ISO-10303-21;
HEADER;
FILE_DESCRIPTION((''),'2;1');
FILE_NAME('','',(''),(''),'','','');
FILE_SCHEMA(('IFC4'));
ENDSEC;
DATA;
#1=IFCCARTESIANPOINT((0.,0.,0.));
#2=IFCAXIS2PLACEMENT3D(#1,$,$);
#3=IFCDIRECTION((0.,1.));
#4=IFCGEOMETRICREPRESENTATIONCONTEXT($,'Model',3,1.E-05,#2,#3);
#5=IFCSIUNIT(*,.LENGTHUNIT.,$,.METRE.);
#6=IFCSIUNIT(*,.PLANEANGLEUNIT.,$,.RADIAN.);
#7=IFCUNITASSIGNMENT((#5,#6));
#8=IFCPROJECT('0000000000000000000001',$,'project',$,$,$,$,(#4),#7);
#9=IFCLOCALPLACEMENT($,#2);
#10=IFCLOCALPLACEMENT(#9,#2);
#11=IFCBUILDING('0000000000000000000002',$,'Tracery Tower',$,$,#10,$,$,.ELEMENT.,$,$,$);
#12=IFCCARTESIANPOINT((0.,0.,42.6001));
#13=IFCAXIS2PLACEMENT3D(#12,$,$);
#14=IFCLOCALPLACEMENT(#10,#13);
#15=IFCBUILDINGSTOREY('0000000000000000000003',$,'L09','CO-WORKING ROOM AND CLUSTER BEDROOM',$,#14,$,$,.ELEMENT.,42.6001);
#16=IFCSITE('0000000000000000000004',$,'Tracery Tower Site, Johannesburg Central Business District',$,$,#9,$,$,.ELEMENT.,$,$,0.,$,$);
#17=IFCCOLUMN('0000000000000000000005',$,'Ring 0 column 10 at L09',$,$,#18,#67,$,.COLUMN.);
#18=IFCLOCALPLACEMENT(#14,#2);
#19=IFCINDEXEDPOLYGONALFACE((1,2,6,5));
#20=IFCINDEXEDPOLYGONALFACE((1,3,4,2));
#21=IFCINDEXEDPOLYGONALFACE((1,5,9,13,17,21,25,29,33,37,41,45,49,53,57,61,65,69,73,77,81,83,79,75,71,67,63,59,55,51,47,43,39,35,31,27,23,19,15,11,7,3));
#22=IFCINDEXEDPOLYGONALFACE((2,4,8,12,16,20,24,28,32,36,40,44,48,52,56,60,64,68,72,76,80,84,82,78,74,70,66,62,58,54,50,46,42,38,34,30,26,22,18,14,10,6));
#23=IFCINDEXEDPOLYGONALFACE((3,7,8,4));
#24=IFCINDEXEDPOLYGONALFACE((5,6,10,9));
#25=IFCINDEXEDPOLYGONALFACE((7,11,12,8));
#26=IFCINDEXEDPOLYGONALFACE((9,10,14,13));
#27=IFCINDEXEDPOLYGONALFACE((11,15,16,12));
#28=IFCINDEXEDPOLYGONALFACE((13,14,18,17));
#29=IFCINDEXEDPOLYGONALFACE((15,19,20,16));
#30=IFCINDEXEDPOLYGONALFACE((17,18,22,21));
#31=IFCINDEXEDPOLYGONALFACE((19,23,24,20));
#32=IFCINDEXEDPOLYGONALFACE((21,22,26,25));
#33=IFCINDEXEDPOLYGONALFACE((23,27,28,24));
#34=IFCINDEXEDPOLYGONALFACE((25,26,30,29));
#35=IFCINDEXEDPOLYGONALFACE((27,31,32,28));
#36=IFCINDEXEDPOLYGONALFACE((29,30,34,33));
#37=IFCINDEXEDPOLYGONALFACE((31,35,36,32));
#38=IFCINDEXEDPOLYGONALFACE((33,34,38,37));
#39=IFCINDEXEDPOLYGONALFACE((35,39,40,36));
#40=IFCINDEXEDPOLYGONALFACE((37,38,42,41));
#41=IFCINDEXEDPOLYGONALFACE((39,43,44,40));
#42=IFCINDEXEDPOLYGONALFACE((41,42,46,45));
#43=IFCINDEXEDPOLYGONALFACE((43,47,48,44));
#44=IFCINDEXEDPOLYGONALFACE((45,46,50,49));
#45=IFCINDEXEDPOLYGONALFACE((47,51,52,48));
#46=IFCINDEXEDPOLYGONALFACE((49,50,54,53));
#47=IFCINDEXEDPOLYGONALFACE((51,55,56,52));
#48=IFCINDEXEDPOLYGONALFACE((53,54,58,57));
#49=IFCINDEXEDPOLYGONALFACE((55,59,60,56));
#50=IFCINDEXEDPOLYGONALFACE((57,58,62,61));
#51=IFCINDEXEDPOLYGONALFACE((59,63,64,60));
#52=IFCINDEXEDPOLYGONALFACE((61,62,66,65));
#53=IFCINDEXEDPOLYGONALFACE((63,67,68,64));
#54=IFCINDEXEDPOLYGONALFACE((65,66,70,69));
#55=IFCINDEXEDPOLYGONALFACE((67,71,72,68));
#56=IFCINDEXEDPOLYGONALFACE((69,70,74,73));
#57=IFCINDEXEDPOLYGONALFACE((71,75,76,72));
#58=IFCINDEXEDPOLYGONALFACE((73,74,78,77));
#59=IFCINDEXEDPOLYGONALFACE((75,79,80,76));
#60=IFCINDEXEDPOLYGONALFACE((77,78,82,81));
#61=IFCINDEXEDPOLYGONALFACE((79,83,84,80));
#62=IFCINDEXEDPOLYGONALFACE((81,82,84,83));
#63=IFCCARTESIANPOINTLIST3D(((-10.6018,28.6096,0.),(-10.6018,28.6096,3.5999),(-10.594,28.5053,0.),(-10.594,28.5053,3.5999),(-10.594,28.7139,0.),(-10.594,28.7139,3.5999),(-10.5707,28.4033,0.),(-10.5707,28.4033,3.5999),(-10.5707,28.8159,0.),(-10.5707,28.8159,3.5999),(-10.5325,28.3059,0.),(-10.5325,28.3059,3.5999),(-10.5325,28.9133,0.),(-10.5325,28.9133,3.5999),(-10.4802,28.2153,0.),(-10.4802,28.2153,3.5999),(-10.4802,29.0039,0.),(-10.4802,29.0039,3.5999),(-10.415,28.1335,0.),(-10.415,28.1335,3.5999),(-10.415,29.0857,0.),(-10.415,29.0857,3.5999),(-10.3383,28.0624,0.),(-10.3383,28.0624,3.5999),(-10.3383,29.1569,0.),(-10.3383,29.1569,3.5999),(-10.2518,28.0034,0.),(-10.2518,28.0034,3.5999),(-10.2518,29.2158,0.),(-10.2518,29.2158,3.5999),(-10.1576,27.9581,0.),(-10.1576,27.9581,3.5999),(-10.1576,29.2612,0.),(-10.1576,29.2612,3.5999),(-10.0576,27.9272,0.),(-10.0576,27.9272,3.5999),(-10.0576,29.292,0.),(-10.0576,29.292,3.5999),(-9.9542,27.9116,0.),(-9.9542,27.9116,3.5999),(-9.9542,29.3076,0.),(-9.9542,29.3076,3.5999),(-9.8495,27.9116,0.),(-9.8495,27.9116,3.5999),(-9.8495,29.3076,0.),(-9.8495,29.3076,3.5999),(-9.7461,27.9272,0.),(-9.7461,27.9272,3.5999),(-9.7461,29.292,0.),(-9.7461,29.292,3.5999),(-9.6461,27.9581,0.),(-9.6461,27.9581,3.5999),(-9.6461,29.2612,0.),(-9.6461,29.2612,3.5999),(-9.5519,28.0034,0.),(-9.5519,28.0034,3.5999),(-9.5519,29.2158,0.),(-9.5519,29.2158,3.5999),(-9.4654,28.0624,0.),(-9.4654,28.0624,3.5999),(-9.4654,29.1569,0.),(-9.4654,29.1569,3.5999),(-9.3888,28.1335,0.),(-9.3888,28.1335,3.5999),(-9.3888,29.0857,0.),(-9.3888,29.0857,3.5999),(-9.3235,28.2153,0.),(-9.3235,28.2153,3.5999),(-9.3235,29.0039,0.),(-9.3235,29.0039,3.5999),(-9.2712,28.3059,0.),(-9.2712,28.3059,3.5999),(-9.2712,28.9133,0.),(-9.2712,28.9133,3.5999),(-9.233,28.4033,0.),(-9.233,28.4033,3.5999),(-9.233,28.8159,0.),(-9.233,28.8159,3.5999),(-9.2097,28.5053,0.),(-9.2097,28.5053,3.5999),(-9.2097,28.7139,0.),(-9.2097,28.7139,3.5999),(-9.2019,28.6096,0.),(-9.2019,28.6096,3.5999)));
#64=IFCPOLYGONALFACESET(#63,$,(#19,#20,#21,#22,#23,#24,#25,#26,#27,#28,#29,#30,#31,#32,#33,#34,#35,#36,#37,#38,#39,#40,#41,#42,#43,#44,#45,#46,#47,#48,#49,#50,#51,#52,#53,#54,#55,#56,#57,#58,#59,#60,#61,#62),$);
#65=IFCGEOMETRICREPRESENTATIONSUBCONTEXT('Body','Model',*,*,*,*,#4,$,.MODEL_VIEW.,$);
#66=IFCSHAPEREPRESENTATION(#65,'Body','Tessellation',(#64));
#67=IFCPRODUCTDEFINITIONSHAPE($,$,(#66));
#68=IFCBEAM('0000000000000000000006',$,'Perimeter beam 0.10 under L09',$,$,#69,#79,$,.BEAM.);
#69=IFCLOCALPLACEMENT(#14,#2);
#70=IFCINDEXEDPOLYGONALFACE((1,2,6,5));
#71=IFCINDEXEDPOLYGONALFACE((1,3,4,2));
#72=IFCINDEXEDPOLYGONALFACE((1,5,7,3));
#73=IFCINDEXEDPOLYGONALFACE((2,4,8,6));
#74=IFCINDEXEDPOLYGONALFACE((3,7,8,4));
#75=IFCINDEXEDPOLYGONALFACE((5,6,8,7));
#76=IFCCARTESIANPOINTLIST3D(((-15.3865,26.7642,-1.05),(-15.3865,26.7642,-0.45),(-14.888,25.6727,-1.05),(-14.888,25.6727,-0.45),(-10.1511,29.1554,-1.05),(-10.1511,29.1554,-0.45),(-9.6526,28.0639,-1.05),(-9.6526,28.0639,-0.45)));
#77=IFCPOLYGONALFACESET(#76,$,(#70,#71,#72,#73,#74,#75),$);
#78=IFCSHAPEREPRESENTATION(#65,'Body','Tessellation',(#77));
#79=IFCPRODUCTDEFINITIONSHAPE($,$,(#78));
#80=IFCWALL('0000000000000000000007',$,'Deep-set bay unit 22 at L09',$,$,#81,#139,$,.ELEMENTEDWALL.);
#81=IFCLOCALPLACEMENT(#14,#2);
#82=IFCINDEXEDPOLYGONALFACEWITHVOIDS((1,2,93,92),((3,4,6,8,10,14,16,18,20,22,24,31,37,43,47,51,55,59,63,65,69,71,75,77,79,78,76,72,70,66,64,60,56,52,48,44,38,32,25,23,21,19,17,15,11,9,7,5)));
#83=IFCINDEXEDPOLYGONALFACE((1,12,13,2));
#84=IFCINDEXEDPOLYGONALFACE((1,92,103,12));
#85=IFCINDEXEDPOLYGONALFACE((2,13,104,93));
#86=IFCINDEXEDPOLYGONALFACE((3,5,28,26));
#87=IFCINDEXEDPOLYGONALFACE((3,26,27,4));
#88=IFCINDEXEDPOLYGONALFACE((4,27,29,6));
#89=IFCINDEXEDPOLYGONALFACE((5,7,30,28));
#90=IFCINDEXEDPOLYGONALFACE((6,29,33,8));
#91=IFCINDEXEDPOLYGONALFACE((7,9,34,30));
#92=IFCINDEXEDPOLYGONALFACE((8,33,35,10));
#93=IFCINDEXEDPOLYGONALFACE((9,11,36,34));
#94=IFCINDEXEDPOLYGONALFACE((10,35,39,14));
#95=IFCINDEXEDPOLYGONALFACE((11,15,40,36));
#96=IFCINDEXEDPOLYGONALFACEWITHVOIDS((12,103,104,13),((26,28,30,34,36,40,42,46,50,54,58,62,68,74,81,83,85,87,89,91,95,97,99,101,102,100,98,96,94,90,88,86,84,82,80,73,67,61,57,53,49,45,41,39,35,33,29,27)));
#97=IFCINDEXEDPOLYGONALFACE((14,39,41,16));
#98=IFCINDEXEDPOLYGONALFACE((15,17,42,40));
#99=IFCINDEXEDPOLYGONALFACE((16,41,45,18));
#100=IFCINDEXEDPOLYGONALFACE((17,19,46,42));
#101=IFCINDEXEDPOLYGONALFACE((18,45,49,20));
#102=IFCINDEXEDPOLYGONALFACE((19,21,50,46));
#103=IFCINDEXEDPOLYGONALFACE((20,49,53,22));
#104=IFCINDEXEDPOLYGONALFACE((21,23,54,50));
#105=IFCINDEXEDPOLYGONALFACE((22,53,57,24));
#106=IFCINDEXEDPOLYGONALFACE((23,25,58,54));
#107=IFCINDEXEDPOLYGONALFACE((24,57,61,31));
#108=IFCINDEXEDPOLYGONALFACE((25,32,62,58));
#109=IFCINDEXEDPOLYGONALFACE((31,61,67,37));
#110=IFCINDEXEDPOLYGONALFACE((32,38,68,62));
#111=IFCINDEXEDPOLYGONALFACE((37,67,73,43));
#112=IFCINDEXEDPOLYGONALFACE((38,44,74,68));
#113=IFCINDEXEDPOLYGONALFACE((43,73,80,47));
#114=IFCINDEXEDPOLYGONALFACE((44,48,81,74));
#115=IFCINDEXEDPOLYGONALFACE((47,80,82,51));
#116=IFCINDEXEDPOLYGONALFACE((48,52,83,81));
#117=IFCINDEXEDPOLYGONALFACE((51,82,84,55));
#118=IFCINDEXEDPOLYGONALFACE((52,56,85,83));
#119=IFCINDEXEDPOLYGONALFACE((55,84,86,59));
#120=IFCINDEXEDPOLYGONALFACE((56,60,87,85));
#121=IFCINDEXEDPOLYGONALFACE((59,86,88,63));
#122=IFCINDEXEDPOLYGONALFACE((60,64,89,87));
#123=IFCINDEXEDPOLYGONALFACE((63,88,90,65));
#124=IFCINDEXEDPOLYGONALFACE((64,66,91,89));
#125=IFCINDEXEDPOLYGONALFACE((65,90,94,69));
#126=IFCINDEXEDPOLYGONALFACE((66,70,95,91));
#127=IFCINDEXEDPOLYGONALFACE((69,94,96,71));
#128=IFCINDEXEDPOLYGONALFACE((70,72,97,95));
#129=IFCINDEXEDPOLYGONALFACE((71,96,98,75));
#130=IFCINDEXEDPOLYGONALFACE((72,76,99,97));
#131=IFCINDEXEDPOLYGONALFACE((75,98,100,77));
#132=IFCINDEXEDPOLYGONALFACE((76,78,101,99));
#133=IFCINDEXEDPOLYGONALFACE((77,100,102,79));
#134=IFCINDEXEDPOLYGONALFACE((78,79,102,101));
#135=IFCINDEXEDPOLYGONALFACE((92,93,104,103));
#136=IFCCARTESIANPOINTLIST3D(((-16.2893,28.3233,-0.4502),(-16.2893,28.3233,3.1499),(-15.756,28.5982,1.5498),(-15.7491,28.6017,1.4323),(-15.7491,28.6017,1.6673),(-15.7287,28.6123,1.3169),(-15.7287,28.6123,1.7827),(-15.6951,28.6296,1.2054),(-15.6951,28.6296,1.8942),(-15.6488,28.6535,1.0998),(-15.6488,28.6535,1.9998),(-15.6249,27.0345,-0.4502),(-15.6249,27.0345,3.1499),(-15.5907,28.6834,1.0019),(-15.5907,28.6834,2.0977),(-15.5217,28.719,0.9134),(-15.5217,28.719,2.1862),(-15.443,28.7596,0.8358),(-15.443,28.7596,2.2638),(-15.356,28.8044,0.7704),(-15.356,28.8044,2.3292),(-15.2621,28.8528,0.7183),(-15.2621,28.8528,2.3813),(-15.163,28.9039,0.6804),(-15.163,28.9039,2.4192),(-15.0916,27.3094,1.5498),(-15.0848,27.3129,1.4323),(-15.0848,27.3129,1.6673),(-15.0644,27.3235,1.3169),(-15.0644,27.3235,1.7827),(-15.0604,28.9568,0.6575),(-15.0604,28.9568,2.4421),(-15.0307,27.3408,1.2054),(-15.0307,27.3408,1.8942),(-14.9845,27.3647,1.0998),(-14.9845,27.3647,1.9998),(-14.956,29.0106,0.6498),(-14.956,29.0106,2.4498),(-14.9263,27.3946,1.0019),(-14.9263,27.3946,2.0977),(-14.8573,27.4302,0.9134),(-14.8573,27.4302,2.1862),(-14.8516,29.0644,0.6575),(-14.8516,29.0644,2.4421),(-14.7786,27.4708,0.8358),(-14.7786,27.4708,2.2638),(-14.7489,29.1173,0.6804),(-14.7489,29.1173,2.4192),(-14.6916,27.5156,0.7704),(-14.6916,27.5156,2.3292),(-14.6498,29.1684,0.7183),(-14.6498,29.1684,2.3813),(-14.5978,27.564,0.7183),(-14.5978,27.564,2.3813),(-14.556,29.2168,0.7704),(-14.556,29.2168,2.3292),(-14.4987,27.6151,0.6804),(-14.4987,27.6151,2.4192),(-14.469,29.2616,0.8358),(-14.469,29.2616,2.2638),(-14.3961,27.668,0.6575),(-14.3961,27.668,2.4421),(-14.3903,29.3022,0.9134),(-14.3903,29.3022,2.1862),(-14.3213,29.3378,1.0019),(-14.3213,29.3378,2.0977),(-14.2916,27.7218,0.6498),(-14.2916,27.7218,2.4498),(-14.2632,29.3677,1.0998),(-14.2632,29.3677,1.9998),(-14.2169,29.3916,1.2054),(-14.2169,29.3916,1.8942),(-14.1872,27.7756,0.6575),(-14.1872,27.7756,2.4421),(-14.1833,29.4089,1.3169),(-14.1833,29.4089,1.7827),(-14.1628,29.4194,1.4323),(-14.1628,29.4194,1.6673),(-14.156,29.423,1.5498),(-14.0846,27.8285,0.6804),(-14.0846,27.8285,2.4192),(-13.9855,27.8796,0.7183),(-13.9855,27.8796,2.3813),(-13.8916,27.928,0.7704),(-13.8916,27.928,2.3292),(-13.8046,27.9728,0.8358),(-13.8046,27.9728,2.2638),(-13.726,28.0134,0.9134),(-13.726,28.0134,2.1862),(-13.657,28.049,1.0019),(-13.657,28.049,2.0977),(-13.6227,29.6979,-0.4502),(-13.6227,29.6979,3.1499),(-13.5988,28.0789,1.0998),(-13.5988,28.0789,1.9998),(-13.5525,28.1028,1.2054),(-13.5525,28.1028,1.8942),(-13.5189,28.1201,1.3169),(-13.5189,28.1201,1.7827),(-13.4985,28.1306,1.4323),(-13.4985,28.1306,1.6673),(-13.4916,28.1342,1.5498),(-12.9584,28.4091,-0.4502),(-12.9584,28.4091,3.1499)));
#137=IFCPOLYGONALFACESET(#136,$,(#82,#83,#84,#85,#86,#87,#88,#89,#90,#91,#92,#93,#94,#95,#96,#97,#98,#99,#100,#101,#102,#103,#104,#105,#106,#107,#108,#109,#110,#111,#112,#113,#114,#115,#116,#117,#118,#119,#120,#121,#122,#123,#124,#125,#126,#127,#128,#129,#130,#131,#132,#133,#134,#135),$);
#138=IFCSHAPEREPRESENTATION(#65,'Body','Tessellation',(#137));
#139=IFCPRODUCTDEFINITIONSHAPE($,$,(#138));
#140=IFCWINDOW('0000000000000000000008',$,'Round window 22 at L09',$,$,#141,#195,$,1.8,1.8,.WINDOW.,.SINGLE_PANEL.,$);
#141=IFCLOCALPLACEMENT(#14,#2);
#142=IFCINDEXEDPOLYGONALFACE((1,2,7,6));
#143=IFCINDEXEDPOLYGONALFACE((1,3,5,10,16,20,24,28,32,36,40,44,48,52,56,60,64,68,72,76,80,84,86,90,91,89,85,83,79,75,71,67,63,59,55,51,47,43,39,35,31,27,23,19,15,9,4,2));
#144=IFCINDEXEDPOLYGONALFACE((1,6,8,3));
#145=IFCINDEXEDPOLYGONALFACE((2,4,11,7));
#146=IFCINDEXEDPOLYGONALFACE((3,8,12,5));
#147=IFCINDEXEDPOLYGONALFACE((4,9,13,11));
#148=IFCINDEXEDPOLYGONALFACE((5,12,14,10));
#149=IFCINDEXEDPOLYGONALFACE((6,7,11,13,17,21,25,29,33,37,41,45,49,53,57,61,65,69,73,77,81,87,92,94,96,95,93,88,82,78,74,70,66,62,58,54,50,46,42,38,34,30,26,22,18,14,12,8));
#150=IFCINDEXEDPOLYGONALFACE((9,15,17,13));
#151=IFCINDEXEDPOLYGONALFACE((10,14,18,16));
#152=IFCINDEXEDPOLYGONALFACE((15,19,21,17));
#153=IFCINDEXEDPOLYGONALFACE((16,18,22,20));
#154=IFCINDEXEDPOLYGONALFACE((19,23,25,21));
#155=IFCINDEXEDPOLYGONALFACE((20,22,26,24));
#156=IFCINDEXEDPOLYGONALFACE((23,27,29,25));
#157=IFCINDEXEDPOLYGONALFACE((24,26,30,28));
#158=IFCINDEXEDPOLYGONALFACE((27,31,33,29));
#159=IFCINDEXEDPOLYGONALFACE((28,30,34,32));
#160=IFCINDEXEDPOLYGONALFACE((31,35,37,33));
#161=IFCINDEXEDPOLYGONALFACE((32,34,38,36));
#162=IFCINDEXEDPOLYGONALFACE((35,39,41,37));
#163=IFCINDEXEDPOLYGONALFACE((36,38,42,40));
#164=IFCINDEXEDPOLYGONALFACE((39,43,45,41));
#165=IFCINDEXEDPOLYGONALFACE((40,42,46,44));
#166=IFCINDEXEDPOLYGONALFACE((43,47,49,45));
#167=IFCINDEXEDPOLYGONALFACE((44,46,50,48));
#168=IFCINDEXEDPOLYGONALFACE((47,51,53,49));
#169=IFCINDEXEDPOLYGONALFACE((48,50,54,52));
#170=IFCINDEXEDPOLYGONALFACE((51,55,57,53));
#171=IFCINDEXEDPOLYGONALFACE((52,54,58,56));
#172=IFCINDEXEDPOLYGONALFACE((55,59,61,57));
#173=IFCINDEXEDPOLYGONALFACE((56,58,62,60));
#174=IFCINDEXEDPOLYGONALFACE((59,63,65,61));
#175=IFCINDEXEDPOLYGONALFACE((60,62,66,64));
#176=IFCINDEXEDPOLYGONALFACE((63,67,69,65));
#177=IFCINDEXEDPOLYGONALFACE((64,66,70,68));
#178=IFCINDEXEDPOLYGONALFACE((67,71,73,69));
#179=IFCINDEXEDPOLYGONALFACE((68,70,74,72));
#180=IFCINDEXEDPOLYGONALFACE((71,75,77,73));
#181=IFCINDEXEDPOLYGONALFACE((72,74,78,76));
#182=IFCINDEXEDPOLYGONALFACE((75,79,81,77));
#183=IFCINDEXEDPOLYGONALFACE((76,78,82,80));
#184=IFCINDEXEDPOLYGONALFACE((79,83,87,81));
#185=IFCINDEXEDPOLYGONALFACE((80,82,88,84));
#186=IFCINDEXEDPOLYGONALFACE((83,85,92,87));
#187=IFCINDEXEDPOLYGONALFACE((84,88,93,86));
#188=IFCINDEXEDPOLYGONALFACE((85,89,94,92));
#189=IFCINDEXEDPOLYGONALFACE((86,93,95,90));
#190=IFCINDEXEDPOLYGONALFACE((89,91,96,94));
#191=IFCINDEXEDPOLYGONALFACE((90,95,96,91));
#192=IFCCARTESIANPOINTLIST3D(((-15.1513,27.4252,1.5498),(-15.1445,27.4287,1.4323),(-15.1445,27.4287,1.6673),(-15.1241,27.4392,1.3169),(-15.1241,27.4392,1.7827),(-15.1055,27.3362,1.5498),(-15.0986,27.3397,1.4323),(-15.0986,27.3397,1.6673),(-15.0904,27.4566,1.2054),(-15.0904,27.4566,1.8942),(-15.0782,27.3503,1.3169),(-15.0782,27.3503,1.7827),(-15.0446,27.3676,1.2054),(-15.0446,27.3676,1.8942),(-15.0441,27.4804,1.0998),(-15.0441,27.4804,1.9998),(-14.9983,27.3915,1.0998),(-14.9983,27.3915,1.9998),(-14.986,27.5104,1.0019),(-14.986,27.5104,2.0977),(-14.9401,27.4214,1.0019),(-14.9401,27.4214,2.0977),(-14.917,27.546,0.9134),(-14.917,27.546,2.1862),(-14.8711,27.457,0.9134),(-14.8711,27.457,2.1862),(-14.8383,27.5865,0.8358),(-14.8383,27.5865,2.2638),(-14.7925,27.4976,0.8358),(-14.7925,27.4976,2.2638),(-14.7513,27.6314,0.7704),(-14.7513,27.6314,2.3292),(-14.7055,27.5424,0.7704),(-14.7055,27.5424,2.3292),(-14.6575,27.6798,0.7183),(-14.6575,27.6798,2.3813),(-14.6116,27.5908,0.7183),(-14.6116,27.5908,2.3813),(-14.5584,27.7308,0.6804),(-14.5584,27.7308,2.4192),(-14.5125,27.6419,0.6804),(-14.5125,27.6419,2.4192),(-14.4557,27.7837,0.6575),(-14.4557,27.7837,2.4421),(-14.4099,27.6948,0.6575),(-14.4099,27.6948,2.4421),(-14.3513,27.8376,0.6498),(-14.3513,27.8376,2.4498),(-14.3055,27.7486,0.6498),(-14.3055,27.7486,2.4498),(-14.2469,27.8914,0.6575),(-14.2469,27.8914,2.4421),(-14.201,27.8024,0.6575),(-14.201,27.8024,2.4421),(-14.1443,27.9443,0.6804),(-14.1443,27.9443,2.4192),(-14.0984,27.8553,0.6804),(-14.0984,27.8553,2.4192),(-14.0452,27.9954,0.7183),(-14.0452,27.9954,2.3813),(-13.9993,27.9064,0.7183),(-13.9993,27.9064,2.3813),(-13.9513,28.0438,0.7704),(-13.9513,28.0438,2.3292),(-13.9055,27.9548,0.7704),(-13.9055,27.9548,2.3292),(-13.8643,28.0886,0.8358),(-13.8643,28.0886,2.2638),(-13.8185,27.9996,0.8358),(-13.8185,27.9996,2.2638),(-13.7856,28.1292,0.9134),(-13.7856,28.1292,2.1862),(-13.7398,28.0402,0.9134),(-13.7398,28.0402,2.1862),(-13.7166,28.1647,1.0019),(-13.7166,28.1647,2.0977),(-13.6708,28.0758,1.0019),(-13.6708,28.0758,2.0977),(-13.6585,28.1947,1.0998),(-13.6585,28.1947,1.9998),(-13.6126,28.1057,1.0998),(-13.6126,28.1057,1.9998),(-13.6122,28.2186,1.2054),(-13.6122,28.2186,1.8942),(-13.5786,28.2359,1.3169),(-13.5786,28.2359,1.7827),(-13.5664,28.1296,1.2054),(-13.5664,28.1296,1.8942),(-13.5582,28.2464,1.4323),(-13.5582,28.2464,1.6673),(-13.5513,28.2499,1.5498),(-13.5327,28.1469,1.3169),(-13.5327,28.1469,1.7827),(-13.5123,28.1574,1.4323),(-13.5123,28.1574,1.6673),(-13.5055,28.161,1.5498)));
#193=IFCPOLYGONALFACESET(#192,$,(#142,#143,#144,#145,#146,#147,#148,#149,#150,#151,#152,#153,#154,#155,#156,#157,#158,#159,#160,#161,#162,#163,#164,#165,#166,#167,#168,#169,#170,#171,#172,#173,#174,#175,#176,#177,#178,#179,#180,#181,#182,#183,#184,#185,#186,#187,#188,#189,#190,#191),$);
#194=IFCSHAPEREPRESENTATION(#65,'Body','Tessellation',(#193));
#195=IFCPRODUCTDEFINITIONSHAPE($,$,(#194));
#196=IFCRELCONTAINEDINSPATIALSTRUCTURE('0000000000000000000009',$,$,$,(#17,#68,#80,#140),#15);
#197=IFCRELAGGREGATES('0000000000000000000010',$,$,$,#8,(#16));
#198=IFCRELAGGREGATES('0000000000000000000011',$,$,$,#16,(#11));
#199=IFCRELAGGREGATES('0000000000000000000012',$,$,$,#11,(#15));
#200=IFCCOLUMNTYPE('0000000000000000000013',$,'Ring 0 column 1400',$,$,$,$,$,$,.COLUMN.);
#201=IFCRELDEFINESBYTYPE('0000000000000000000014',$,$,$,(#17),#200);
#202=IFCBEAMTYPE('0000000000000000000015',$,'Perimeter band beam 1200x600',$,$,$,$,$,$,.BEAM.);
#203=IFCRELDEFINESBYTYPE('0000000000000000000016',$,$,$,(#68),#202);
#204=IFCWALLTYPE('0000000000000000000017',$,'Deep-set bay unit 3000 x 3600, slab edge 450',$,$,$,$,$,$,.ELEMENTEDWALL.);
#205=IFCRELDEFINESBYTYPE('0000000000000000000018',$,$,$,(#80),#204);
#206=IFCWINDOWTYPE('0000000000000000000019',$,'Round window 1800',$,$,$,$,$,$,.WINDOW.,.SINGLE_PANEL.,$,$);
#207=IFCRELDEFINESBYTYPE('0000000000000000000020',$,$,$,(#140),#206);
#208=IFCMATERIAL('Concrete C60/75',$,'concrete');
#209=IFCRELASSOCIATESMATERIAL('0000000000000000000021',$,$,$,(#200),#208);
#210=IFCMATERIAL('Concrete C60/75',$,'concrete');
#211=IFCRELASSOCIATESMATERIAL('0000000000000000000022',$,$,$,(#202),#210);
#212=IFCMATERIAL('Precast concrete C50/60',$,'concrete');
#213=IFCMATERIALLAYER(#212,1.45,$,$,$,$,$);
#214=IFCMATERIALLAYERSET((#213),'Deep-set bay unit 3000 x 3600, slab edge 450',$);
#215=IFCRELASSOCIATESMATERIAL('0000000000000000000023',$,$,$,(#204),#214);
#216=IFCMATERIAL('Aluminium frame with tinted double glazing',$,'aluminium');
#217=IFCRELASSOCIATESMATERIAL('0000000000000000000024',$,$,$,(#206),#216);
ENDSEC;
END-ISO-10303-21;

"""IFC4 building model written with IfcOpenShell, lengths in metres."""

from ifc_helpers import new_model, si_unit, direction, frame, frame_2d, origin, origin_2d, place, context, subcontext, project, spatial, rectangle, circle, extrude, material, layer, layer_set, material_profile, profile_set, type_object, element, fill, save


model = new_model("IFC4")

# Units and contexts
model_context = context("Model", 3, precision=1e-05, world=origin(), true_north=direction((0.0, 1.0)))
body_context = subcontext(model_context, "Body", "Model", "MODEL_VIEW")
ifc_project = project(units=[si_unit("LENGTHUNIT", "METRE"), si_unit("PLANEANGLEUNIT", "RADIAN")], contexts=[model_context])

# Site, building, storey
site_placement = place(None, origin())
site = spatial("IfcSite", under=ifc_project, at=site_placement, Name="Tracery Tower Site, Johannesburg Central Business District", CompositionType="ELEMENT", RefElevation=0.0)
building_placement = place(site_placement, origin())
building = spatial("IfcBuilding", under=site, at=building_placement, Name="Tracery Tower", CompositionType="ELEMENT")
storey_placement = place(building_placement, frame((0.0, 0.0, 42.6001)))
storey = spatial("IfcBuildingStorey", under=building, at=storey_placement, Name="L09", Description="CO-WORKING ROOM AND CLUSTER BEDROOM", CompositionType="ELEMENT", Elevation=42.6001)

# Column
ifc_material_1 = material(Name="Concrete C60/75", Category="concrete")
ifc_material_profile_1 = material_profile(ifc_material_1, circle(Radius=0.7, at=origin_2d()), Name="RC D1400")
ifc_profile_set_1 = profile_set([ifc_material_profile_1], Name="Concrete C60/75")
column_type = type_object("IfcColumnType", Name="Ring 0 column 1400", PredefinedType="COLUMN", material=ifc_profile_set_1)
column_placement = place(storey_placement, frame((-9.9019, 28.6096, 0.0), z_axis=(0.0, 0.0, 1.0), x_axis=(1.0, 0.0, 0.0)))
element("IfcColumn", 1, at=column_placement, inside=storey, type_object=column_type, Name="Ring 0 column 10 at L09", PredefinedType="COLUMN", context=body_context, shape_type="SweptSolid", body=[
    extrude(circle(Radius=0.7, at=origin_2d()), origin(), (0.0, 0.0, 1.0), 3.5999),
])

# Beam
ifc_material_2 = material(Name="Concrete C60/75", Category="concrete")
ifc_material_profile_2 = material_profile(ifc_material_2, rectangle(XDim=1.2, YDim=0.6001, at=origin_2d()), Name="RC 1200x600")
ifc_profile_set_2 = profile_set([ifc_material_profile_2], Name="Concrete C60/75")
beam_type = type_object("IfcBeamType", Name="Perimeter band beam 1200x600", PredefinedType="BEAM", material=ifc_profile_set_2)
beam_placement = place(storey_placement, frame((-9.9019, 28.6096, -0.75), z_axis=(-0.909618, -0.415445, 0.0), x_axis=(0.415445, -0.909618, 0.0)))
element("IfcBeam", 2, at=beam_placement, inside=storey, type_object=beam_type, Name="Perimeter beam 0.10 under L09", PredefinedType="BEAM", context=body_context, shape_type="SweptSolid", body=[
    extrude(rectangle(XDim=1.2, YDim=0.6001, at=origin_2d()), origin(), (0.0, 0.0, 1.0), 5.7556),
])

# Wall, opening, window
ifc_material_3 = material(Name="Precast concrete C50/60", Category="concrete")
ifc_layer_1 = layer(ifc_material_3, 1.45)
ifc_layer_set_1 = layer_set([ifc_layer_1], Name="Deep-set bay unit 3000 x 3600, slab edge 450")
wall_type_1 = type_object("IfcWallType", Name="Deep-set bay unit 3000 x 3600, slab edge 450", PredefinedType="ELEMENTEDWALL", material=ifc_layer_set_1)
wall_1_placement = place(storey_placement, frame((-13.2905, 29.0535, -0.4502), z_axis=(0.0, 0.0, 1.0), x_axis=(-0.888858, -0.458183, 0.0)))
wall_1 = element("IfcWall", 3, at=wall_1_placement, inside=storey, type_object=wall_type_1, Name="Deep-set bay unit 22 at L09", PredefinedType="ELEMENTEDWALL", context=body_context, shape_type="SweptSolid", body=[
    extrude(rectangle(XDim=3.0, YDim=1.45, at=frame_2d((1.5, 0.0))), origin(), (0.0, 0.0, 1.0), 3.6001),
])
opening_1_placement = place(wall_1_placement, frame((1.5, 0.0, 2.0)))
opening_1 = element("IfcOpeningElement", 4, at=opening_1_placement, cuts=wall_1, PredefinedType="OPENING", context=body_context, shape_type="SweptSolid", body=[
    extrude(circle(Radius=0.9, at=origin_2d()), frame((0.0, 0.7349, 0.0), z_axis=(0.0, -1.0, 0.0), x_axis=(1.0, 0.0, 0.0)), (0.0, 0.0, 1.0), 1.47),
])
ifc_material_4 = material(Name="Aluminium frame with tinted double glazing", Category="aluminium")
window_type = type_object("IfcWindowType", Name="Round window 1800", PartitioningType="SINGLE_PANEL", PredefinedType="WINDOW", material=ifc_material_4)
window_1_placement = place(opening_1_placement, origin())
window_1 = element("IfcWindow", 5, at=window_1_placement, inside=storey, type_object=window_type, Name="Round window 22 at L09", OverallHeight=1.8, OverallWidth=1.8, PartitioningType="SINGLE_PANEL", PredefinedType="WINDOW", context=body_context, shape_type="SweptSolid", body=[
    extrude(circle(Radius=0.9, at=origin_2d()), frame((0.0, 0.6948, 0.0), z_axis=(0.0, -1.0, 0.0), x_axis=(1.0, 0.0, 0.0)), (0.0, 0.0, 1.0), 0.1001),
])
fill(opening_1, window_1)

save(model, "model.ifc")
